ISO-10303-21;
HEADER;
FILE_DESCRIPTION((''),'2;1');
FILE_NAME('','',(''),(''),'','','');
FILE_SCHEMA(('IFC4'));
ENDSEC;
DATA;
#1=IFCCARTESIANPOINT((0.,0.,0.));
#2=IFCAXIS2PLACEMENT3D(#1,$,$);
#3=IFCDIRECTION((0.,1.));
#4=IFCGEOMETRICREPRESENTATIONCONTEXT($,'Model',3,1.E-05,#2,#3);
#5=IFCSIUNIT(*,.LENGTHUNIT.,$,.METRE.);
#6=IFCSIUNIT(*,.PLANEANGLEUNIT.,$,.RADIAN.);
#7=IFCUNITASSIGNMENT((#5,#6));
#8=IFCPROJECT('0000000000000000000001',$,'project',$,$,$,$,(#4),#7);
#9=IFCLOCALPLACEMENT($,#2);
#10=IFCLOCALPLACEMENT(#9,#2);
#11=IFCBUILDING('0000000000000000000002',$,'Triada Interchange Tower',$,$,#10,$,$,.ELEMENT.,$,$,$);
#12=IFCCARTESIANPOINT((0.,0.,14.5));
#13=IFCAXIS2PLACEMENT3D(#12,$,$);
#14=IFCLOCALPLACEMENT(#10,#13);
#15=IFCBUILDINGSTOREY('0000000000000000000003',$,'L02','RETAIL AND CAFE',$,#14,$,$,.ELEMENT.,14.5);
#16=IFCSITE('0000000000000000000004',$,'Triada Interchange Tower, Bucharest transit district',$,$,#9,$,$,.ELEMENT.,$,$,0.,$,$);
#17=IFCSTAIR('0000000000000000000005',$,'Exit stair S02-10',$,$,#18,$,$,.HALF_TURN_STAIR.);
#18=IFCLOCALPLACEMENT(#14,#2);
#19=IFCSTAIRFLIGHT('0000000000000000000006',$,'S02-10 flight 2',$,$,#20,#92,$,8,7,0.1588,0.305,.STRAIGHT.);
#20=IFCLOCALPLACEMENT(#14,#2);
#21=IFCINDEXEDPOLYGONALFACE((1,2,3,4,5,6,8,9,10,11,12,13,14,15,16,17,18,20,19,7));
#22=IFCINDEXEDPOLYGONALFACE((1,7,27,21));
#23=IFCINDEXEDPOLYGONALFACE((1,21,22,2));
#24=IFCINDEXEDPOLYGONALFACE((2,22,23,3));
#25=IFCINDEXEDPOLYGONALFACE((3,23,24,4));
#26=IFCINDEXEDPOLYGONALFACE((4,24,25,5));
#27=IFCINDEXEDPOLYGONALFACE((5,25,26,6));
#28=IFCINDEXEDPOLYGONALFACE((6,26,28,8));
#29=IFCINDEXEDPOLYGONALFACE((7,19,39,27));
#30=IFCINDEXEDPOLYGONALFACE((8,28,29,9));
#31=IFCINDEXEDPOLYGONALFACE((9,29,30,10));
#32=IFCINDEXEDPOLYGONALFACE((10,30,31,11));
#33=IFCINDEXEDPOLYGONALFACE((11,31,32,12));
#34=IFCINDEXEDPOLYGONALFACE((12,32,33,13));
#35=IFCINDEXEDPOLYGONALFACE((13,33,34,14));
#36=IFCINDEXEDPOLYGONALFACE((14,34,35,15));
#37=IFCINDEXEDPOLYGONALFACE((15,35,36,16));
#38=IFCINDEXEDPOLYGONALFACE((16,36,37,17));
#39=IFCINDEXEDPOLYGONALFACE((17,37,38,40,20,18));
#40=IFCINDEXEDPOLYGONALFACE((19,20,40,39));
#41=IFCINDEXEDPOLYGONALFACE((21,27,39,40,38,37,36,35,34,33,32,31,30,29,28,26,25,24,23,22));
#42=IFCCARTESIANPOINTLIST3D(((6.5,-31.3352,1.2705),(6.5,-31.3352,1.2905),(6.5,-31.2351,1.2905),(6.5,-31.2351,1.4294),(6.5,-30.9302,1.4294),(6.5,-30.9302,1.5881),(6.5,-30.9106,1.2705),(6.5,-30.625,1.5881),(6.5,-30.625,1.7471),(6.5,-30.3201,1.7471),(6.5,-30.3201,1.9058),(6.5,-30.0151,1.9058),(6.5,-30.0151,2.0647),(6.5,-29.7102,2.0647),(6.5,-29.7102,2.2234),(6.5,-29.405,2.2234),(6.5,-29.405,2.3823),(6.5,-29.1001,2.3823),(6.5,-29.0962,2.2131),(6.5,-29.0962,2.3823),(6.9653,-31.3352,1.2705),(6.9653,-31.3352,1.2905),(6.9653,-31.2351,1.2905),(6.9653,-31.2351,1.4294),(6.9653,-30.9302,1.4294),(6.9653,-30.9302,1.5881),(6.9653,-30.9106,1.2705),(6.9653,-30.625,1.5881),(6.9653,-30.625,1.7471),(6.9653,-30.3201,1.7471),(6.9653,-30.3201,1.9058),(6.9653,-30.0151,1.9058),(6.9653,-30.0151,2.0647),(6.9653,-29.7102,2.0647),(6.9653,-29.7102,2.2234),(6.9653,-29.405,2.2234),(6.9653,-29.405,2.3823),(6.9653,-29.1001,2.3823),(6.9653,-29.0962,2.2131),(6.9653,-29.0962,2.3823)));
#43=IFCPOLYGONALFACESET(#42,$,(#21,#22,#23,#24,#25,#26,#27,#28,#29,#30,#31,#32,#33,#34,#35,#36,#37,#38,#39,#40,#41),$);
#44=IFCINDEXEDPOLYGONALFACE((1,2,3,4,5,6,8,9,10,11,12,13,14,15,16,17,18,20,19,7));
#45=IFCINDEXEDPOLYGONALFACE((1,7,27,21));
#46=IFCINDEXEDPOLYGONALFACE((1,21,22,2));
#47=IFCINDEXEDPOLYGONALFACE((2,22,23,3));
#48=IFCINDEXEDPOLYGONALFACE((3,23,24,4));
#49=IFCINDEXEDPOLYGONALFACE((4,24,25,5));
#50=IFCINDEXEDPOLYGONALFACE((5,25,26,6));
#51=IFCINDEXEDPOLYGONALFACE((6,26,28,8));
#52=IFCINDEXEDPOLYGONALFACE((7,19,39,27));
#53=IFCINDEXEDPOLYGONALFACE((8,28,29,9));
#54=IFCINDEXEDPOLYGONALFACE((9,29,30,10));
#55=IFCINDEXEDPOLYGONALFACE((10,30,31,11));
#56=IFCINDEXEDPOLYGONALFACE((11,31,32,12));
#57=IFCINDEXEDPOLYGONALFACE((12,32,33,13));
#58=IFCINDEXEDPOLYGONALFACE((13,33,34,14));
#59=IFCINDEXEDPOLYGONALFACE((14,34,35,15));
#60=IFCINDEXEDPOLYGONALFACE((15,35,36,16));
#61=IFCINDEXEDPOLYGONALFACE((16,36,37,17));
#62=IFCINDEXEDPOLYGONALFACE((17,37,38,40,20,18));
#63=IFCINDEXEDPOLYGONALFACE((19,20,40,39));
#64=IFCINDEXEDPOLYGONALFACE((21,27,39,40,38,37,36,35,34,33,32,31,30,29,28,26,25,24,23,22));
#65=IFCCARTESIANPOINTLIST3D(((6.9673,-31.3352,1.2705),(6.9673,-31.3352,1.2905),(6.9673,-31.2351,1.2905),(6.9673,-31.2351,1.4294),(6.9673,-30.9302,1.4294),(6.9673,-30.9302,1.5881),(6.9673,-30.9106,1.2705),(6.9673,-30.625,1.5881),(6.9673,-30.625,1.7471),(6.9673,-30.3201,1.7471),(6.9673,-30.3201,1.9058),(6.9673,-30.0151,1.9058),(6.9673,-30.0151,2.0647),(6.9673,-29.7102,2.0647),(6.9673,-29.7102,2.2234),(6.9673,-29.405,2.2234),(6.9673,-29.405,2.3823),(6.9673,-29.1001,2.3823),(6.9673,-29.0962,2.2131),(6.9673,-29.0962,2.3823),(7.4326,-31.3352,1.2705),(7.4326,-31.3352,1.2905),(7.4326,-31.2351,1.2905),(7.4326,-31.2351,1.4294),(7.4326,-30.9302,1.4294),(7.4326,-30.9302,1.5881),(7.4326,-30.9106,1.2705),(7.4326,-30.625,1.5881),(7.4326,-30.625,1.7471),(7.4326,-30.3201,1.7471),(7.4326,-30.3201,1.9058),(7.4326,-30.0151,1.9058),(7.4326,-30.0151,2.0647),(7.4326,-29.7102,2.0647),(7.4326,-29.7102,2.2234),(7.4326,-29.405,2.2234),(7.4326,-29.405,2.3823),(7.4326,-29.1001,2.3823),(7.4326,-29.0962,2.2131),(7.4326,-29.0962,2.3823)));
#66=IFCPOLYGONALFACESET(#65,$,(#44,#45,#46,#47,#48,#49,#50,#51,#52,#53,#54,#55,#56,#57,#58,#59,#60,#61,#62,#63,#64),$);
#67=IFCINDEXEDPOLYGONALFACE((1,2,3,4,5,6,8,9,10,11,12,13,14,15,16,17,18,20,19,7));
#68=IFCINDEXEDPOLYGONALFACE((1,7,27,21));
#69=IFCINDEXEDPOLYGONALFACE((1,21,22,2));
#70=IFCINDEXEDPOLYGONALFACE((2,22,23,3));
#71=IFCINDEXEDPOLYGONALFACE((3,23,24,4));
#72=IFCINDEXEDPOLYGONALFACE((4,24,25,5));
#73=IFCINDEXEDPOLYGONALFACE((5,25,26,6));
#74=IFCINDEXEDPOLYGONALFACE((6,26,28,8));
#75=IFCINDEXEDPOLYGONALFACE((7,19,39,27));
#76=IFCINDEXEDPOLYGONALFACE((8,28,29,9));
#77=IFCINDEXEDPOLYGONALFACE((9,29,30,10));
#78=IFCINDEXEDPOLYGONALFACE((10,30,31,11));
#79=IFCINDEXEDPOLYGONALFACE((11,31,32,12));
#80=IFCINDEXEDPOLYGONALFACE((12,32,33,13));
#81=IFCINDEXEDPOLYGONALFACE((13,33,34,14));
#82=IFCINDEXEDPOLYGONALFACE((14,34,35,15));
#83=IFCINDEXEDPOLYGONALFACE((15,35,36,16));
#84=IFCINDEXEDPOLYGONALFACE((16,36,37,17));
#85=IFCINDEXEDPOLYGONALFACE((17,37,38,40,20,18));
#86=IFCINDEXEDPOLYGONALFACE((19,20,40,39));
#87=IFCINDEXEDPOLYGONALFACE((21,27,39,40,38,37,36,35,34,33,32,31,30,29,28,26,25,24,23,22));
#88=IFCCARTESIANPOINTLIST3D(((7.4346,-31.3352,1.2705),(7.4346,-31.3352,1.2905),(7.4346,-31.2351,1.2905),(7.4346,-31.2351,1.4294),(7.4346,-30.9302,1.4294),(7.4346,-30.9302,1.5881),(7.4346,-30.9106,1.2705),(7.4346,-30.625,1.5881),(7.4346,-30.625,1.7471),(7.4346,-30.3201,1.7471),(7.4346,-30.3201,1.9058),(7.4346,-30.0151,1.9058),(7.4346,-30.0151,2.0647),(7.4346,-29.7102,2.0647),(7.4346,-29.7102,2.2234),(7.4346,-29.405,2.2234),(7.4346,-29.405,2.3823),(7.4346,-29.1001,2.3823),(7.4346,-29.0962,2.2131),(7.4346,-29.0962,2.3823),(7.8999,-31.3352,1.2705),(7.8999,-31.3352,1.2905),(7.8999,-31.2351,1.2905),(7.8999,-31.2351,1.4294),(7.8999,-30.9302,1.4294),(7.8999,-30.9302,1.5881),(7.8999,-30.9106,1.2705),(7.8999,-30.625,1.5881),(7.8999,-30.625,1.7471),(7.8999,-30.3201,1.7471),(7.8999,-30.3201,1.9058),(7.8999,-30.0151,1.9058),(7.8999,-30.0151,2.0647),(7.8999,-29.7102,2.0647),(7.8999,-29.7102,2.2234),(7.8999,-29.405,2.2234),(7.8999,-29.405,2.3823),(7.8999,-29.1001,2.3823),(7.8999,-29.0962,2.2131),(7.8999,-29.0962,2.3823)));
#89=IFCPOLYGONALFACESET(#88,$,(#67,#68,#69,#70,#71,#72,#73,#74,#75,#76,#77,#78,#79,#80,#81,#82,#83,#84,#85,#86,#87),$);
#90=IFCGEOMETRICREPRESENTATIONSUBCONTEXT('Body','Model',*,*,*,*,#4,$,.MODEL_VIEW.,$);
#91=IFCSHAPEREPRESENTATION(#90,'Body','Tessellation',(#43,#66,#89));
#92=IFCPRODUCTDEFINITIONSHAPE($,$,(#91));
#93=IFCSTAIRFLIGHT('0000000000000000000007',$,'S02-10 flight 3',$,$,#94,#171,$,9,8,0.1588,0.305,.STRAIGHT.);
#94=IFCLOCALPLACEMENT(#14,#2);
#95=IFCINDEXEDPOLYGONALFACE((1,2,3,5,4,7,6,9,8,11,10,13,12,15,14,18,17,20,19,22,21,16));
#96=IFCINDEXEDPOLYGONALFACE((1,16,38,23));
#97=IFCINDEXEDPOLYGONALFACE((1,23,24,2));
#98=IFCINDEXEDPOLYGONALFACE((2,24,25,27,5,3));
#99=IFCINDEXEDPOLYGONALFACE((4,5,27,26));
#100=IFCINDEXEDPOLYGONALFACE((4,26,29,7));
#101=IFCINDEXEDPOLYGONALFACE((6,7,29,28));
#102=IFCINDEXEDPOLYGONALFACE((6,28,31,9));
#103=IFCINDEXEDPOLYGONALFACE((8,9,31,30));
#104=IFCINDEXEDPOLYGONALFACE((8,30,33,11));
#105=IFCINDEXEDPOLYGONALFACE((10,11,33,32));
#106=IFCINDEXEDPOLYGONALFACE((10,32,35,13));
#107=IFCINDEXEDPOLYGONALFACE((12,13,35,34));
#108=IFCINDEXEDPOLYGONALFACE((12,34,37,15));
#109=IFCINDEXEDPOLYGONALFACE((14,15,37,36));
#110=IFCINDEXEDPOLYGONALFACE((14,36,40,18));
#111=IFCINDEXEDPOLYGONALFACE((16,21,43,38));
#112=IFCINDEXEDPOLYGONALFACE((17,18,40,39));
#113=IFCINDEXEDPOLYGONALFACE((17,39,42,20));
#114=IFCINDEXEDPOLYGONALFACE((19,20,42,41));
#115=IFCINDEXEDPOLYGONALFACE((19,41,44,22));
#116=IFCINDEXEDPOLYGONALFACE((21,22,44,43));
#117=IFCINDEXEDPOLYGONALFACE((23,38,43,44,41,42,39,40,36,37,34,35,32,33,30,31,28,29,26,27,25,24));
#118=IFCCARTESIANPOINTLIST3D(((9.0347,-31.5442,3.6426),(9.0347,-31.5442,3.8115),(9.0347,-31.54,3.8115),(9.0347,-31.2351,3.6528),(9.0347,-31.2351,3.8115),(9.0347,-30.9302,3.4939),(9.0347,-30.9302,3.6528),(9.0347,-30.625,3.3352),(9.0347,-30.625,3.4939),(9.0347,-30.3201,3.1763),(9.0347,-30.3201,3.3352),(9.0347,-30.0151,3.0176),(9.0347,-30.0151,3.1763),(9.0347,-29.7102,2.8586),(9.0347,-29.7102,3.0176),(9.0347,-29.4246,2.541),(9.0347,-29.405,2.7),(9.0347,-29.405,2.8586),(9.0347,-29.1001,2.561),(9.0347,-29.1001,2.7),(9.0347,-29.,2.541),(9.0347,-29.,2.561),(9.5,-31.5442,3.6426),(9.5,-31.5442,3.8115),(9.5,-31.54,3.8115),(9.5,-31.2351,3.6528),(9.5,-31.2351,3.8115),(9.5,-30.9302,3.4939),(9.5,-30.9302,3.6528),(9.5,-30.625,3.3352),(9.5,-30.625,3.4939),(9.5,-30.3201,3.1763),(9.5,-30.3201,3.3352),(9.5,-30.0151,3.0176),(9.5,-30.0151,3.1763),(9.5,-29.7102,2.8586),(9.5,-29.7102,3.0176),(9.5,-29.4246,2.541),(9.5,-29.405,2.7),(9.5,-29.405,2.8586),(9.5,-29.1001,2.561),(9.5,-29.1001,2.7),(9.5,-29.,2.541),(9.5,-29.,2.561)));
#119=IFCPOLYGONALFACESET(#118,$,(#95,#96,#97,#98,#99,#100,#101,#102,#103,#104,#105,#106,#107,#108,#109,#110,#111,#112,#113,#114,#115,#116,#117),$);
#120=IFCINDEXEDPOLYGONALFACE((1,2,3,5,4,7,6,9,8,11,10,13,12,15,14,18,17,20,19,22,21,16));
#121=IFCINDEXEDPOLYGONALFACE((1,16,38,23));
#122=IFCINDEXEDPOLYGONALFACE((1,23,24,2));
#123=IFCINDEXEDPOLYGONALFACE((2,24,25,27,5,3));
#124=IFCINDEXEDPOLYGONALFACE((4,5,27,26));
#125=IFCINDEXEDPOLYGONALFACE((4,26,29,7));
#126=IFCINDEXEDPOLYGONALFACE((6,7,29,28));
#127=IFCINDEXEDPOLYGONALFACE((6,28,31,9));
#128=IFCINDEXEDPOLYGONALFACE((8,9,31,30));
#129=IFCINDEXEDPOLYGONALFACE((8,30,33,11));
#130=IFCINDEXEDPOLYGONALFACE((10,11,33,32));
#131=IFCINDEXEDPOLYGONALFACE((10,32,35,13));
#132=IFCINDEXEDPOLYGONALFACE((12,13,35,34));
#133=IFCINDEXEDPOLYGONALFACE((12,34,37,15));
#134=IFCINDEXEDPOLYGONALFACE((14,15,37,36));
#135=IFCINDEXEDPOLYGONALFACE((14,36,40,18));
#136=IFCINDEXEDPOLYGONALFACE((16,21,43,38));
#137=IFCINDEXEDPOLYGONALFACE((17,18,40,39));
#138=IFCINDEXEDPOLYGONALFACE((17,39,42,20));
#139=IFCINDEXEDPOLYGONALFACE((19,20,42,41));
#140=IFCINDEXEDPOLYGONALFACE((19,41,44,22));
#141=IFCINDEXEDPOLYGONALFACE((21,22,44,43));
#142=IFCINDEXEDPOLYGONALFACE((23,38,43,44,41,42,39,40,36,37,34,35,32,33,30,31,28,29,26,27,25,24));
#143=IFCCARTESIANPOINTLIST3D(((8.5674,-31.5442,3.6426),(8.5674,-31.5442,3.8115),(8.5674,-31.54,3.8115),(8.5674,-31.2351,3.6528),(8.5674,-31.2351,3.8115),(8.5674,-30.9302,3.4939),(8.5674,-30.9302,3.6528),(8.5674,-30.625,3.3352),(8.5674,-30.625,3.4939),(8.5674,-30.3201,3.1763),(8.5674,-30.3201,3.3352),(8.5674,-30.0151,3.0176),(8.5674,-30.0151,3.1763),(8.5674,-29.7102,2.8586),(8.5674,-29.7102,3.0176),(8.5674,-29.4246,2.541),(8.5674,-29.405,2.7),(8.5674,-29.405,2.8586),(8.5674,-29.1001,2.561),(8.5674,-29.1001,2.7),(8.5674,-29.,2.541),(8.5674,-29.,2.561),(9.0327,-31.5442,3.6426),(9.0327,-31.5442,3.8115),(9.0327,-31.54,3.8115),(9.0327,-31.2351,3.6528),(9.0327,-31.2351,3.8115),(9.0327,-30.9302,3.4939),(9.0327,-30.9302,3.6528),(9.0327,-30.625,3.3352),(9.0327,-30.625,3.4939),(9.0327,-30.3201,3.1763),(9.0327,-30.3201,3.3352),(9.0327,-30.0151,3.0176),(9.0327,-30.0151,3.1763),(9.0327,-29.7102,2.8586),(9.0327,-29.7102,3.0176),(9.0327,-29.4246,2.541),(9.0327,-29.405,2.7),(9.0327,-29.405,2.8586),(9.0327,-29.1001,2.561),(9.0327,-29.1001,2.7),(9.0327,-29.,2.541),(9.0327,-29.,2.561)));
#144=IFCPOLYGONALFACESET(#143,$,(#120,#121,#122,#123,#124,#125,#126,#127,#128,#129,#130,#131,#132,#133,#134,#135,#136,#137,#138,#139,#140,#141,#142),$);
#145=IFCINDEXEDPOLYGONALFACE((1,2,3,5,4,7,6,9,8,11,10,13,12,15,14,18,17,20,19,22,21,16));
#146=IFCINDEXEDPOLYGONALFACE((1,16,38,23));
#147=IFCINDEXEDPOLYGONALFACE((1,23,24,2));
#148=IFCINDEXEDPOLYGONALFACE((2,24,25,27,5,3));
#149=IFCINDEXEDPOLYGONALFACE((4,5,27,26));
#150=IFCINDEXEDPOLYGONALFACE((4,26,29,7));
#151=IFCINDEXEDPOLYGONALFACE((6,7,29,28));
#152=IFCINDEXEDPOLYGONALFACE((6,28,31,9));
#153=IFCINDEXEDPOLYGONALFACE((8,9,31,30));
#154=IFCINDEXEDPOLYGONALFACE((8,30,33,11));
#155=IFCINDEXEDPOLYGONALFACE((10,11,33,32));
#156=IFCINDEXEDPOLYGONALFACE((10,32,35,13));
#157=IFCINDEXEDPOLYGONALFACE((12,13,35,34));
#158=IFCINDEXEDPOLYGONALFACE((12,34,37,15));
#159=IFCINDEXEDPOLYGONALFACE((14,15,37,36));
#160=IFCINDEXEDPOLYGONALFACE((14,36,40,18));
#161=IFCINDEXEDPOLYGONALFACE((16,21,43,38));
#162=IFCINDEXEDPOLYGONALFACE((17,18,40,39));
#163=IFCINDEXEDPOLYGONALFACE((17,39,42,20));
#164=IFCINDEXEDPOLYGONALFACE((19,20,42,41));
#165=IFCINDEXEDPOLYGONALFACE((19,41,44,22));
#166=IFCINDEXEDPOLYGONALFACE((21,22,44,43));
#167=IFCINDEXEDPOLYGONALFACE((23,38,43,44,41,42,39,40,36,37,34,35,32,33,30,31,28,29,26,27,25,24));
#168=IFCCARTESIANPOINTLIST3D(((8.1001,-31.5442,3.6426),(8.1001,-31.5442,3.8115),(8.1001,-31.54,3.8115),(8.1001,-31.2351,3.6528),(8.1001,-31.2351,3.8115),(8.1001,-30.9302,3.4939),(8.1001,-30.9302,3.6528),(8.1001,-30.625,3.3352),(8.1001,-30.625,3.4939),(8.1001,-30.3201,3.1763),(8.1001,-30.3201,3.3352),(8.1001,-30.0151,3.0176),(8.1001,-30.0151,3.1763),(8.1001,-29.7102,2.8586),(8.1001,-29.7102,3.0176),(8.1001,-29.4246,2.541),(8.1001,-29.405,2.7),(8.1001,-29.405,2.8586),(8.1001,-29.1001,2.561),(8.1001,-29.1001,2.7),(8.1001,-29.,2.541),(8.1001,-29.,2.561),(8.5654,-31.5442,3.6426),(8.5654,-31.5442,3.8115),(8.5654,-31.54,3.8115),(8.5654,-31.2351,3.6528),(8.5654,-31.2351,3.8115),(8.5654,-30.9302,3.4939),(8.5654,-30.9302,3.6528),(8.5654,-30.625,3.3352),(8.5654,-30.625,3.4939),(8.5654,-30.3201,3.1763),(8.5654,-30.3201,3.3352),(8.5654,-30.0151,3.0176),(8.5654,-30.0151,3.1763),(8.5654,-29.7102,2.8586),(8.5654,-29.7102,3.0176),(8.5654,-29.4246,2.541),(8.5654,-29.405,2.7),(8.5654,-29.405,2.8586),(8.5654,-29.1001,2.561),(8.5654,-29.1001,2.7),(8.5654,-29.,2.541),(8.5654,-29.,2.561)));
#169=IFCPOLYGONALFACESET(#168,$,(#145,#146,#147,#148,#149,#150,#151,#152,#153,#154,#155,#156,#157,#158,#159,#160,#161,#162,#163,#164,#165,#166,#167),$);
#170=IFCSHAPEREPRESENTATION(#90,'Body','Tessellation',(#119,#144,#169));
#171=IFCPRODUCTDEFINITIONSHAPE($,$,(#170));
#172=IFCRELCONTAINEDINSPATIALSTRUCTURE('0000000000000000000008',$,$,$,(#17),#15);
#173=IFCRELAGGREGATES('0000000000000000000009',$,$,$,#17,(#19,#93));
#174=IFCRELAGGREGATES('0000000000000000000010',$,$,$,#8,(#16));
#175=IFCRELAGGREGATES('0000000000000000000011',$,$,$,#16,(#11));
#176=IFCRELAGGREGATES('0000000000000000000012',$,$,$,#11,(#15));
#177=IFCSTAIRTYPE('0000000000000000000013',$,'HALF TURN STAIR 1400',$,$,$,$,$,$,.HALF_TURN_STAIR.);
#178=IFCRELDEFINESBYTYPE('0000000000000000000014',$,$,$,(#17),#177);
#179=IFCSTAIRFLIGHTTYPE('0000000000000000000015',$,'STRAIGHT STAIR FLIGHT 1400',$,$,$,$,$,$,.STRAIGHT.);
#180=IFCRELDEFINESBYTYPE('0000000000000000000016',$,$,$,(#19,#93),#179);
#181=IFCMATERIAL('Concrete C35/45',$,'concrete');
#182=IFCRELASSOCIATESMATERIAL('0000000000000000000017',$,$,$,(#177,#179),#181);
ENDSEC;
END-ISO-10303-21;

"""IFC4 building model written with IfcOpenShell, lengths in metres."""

from ifc_helpers import new_model, si_unit, direction, frame, origin, place, context, subcontext, project, spatial, polyline, outline, extrude, material, type_object, element, aggregate, save


model = new_model("IFC4")

# Units and contexts
model_context = context("Model", 3, precision=1e-05, world=origin(), true_north=direction((0.0, 1.0)))
body_context = subcontext(model_context, "Body", "Model", "MODEL_VIEW")
ifc_project = project(units=[si_unit("LENGTHUNIT", "METRE"), si_unit("PLANEANGLEUNIT", "RADIAN")], contexts=[model_context])

# Site, building, storey
site_placement = place(None, origin())
site = spatial("IfcSite", under=ifc_project, at=site_placement, Name="Triada Interchange Tower, Bucharest transit district", CompositionType="ELEMENT", RefElevation=0.0)
building_placement = place(site_placement, origin())
building = spatial("IfcBuilding", under=site, at=building_placement, Name="Triada Interchange Tower", CompositionType="ELEMENT")
storey_placement = place(building_placement, frame((0.0, 0.0, 14.5)))
storey = spatial("IfcBuildingStorey", under=building, at=storey_placement, Name="L02", Description="RETAIL AND CAFE", CompositionType="ELEMENT", Elevation=14.5)

# Shared definitions
ifc_material_1 = material(Name="Concrete C35/45", Category="concrete")

# Stair, stair flights
stair_type = type_object("IfcStairType", Name="HALF TURN STAIR 1400", PredefinedType="HALF_TURN_STAIR", material=ifc_material_1)
stair_placement = place(storey_placement, origin())
stair = element("IfcStair", 1, at=stair_placement, inside=storey, type_object=stair_type, Name="Exit stair S02-10", PredefinedType="HALF_TURN_STAIR")
stair_flight_type = type_object("IfcStairFlightType", Name="STRAIGHT STAIR FLIGHT 1400", PredefinedType="STRAIGHT", material=ifc_material_1)
stair_flight_1_placement = place(storey_placement, frame((7.2, -31.2351, 1.2705), z_axis=(0.0, 0.0, 1.0), x_axis=(0.0, 1.0, 0.0)))
stair_flight_1 = element("IfcStairFlight", 2, at=stair_flight_1_placement, type_object=stair_flight_type, Name="S02-10 flight 2", NumberOfRisers=8, NumberOfTreads=7, PredefinedType="STRAIGHT", RiserHeight=0.1588, TreadLength=0.305, context=body_context, shape_type="SweptSolid", body=[
    extrude(outline(polyline([(-0.1001, 0.0), (-0.1001, 0.02), (0.0, 0.02), (0.0, 0.1589), (0.3049, 0.1589), (0.3049, 0.3176), (0.6101, 0.3176), (0.6101, 0.4766), (0.915, 0.4766), (0.915, 0.6353), (1.22, 0.6353), (1.22, 0.7942), (1.5249, 0.7942), (1.5249, 0.9529), (1.8301, 0.9529), (1.8301, 1.1118), (2.135, 1.1118), (2.1389, 1.1118), (2.1389, 1.2705), (2.1389, 0.9426), (0.3245, 0.0), (-0.1001, 0.0)])), frame((0.0, 0.7, 0.0), z_axis=(0.0, -1.0, 0.0), x_axis=(1.0, 0.0, 0.0)), (0.0, 0.0, 1.0), 0.4653),
    extrude(outline(polyline([(-0.1001, 0.0), (-0.1001, 0.02), (0.0, 0.02), (0.0, 0.1589), (0.3049, 0.1589), (0.3049, 0.3176), (0.6101, 0.3176), (0.6101, 0.4766), (0.915, 0.4766), (0.915, 0.6353), (1.22, 0.6353), (1.22, 0.7942), (1.5249, 0.7942), (1.5249, 0.9529), (1.8301, 0.9529), (1.8301, 1.1118), (2.135, 1.1118), (2.1389, 1.1118), (2.1389, 1.2705), (2.1389, 0.9426), (0.3245, 0.0), (-0.1001, 0.0)])), frame((0.0, 0.2327, 0.0), z_axis=(0.0, -1.0, 0.0), x_axis=(1.0, 0.0, 0.0)), (0.0, 0.0, 1.0), 0.4653),
    extrude(outline(polyline([(-0.1001, 0.0), (-0.1001, 0.02), (0.0, 0.02), (0.0, 0.1589), (0.3049, 0.1589), (0.3049, 0.3176), (0.6101, 0.3176), (0.6101, 0.4766), (0.915, 0.4766), (0.915, 0.6353), (1.22, 0.6353), (1.22, 0.7942), (1.5249, 0.7942), (1.5249, 0.9529), (1.8301, 0.9529), (1.8301, 1.1118), (2.135, 1.1118), (2.1389, 1.1118), (2.1389, 1.2705), (2.1389, 0.9426), (0.3245, 0.0), (-0.1001, 0.0)])), frame((0.0, -0.2346, 0.0), z_axis=(0.0, -1.0, 0.0), x_axis=(1.0, 0.0, 0.0)), (0.0, 0.0, 1.0), 0.4653),
])
stair_flight_2_placement = place(storey_placement, frame((8.8, -29.1001, 2.541), z_axis=(0.0, 0.0, 1.0), x_axis=(0.0, -1.0, 0.0)))
stair_flight_2 = element("IfcStairFlight", 3, at=stair_flight_2_placement, type_object=stair_flight_type, Name="S02-10 flight 3", NumberOfRisers=9, NumberOfTreads=8, PredefinedType="STRAIGHT", RiserHeight=0.1588, TreadLength=0.305, context=body_context, shape_type="SweptSolid", body=[
    extrude(outline(polyline([(-0.1001, 0.0), (-0.1001, 0.02), (0.0, 0.02), (0.0, 0.1589), (0.3049, 0.1589), (0.3049, 0.3176), (0.6101, 0.3176), (0.6101, 0.4766), (0.915, 0.4766), (0.915, 0.6353), (1.22, 0.6353), (1.22, 0.7942), (1.5249, 0.7942), (1.5249, 0.9529), (1.8301, 0.9529), (1.8301, 1.1118), (2.135, 1.1118), (2.135, 1.2705), (2.4399, 1.2705), (2.4441, 1.2705), (2.4441, 1.4294), (2.4441, 1.1016), (0.3245, 0.0), (-0.1001, 0.0)])), frame((0.0, 0.7, 0.0), z_axis=(0.0, -1.0, 0.0), x_axis=(1.0, 0.0, 0.0)), (0.0, 0.0, 1.0), 0.4653),
    extrude(outline(polyline([(-0.1001, 0.0), (-0.1001, 0.02), (0.0, 0.02), (0.0, 0.1589), (0.3049, 0.1589), (0.3049, 0.3176), (0.6101, 0.3176), (0.6101, 0.4766), (0.915, 0.4766), (0.915, 0.6353), (1.22, 0.6353), (1.22, 0.7942), (1.5249, 0.7942), (1.5249, 0.9529), (1.8301, 0.9529), (1.8301, 1.1118), (2.135, 1.1118), (2.135, 1.2705), (2.4399, 1.2705), (2.4441, 1.2705), (2.4441, 1.4294), (2.4441, 1.1016), (0.3245, 0.0), (-0.1001, 0.0)])), frame((0.0, 0.2327, 0.0), z_axis=(0.0, -1.0, 0.0), x_axis=(1.0, 0.0, 0.0)), (0.0, 0.0, 1.0), 0.4653),
    extrude(outline(polyline([(-0.1001, 0.0), (-0.1001, 0.02), (0.0, 0.02), (0.0, 0.1589), (0.3049, 0.1589), (0.3049, 0.3176), (0.6101, 0.3176), (0.6101, 0.4766), (0.915, 0.4766), (0.915, 0.6353), (1.22, 0.6353), (1.22, 0.7942), (1.5249, 0.7942), (1.5249, 0.9529), (1.8301, 0.9529), (1.8301, 1.1118), (2.135, 1.1118), (2.135, 1.2705), (2.4399, 1.2705), (2.4441, 1.2705), (2.4441, 1.4294), (2.4441, 1.1016), (0.3245, 0.0), (-0.1001, 0.0)])), frame((0.0, -0.2346, 0.0), z_axis=(0.0, -1.0, 0.0), x_axis=(1.0, 0.0, 0.0)), (0.0, 0.0, 1.0), 0.4653),
])
aggregate(stair, [stair_flight_1, stair_flight_2])

save(model, "model.ifc")
